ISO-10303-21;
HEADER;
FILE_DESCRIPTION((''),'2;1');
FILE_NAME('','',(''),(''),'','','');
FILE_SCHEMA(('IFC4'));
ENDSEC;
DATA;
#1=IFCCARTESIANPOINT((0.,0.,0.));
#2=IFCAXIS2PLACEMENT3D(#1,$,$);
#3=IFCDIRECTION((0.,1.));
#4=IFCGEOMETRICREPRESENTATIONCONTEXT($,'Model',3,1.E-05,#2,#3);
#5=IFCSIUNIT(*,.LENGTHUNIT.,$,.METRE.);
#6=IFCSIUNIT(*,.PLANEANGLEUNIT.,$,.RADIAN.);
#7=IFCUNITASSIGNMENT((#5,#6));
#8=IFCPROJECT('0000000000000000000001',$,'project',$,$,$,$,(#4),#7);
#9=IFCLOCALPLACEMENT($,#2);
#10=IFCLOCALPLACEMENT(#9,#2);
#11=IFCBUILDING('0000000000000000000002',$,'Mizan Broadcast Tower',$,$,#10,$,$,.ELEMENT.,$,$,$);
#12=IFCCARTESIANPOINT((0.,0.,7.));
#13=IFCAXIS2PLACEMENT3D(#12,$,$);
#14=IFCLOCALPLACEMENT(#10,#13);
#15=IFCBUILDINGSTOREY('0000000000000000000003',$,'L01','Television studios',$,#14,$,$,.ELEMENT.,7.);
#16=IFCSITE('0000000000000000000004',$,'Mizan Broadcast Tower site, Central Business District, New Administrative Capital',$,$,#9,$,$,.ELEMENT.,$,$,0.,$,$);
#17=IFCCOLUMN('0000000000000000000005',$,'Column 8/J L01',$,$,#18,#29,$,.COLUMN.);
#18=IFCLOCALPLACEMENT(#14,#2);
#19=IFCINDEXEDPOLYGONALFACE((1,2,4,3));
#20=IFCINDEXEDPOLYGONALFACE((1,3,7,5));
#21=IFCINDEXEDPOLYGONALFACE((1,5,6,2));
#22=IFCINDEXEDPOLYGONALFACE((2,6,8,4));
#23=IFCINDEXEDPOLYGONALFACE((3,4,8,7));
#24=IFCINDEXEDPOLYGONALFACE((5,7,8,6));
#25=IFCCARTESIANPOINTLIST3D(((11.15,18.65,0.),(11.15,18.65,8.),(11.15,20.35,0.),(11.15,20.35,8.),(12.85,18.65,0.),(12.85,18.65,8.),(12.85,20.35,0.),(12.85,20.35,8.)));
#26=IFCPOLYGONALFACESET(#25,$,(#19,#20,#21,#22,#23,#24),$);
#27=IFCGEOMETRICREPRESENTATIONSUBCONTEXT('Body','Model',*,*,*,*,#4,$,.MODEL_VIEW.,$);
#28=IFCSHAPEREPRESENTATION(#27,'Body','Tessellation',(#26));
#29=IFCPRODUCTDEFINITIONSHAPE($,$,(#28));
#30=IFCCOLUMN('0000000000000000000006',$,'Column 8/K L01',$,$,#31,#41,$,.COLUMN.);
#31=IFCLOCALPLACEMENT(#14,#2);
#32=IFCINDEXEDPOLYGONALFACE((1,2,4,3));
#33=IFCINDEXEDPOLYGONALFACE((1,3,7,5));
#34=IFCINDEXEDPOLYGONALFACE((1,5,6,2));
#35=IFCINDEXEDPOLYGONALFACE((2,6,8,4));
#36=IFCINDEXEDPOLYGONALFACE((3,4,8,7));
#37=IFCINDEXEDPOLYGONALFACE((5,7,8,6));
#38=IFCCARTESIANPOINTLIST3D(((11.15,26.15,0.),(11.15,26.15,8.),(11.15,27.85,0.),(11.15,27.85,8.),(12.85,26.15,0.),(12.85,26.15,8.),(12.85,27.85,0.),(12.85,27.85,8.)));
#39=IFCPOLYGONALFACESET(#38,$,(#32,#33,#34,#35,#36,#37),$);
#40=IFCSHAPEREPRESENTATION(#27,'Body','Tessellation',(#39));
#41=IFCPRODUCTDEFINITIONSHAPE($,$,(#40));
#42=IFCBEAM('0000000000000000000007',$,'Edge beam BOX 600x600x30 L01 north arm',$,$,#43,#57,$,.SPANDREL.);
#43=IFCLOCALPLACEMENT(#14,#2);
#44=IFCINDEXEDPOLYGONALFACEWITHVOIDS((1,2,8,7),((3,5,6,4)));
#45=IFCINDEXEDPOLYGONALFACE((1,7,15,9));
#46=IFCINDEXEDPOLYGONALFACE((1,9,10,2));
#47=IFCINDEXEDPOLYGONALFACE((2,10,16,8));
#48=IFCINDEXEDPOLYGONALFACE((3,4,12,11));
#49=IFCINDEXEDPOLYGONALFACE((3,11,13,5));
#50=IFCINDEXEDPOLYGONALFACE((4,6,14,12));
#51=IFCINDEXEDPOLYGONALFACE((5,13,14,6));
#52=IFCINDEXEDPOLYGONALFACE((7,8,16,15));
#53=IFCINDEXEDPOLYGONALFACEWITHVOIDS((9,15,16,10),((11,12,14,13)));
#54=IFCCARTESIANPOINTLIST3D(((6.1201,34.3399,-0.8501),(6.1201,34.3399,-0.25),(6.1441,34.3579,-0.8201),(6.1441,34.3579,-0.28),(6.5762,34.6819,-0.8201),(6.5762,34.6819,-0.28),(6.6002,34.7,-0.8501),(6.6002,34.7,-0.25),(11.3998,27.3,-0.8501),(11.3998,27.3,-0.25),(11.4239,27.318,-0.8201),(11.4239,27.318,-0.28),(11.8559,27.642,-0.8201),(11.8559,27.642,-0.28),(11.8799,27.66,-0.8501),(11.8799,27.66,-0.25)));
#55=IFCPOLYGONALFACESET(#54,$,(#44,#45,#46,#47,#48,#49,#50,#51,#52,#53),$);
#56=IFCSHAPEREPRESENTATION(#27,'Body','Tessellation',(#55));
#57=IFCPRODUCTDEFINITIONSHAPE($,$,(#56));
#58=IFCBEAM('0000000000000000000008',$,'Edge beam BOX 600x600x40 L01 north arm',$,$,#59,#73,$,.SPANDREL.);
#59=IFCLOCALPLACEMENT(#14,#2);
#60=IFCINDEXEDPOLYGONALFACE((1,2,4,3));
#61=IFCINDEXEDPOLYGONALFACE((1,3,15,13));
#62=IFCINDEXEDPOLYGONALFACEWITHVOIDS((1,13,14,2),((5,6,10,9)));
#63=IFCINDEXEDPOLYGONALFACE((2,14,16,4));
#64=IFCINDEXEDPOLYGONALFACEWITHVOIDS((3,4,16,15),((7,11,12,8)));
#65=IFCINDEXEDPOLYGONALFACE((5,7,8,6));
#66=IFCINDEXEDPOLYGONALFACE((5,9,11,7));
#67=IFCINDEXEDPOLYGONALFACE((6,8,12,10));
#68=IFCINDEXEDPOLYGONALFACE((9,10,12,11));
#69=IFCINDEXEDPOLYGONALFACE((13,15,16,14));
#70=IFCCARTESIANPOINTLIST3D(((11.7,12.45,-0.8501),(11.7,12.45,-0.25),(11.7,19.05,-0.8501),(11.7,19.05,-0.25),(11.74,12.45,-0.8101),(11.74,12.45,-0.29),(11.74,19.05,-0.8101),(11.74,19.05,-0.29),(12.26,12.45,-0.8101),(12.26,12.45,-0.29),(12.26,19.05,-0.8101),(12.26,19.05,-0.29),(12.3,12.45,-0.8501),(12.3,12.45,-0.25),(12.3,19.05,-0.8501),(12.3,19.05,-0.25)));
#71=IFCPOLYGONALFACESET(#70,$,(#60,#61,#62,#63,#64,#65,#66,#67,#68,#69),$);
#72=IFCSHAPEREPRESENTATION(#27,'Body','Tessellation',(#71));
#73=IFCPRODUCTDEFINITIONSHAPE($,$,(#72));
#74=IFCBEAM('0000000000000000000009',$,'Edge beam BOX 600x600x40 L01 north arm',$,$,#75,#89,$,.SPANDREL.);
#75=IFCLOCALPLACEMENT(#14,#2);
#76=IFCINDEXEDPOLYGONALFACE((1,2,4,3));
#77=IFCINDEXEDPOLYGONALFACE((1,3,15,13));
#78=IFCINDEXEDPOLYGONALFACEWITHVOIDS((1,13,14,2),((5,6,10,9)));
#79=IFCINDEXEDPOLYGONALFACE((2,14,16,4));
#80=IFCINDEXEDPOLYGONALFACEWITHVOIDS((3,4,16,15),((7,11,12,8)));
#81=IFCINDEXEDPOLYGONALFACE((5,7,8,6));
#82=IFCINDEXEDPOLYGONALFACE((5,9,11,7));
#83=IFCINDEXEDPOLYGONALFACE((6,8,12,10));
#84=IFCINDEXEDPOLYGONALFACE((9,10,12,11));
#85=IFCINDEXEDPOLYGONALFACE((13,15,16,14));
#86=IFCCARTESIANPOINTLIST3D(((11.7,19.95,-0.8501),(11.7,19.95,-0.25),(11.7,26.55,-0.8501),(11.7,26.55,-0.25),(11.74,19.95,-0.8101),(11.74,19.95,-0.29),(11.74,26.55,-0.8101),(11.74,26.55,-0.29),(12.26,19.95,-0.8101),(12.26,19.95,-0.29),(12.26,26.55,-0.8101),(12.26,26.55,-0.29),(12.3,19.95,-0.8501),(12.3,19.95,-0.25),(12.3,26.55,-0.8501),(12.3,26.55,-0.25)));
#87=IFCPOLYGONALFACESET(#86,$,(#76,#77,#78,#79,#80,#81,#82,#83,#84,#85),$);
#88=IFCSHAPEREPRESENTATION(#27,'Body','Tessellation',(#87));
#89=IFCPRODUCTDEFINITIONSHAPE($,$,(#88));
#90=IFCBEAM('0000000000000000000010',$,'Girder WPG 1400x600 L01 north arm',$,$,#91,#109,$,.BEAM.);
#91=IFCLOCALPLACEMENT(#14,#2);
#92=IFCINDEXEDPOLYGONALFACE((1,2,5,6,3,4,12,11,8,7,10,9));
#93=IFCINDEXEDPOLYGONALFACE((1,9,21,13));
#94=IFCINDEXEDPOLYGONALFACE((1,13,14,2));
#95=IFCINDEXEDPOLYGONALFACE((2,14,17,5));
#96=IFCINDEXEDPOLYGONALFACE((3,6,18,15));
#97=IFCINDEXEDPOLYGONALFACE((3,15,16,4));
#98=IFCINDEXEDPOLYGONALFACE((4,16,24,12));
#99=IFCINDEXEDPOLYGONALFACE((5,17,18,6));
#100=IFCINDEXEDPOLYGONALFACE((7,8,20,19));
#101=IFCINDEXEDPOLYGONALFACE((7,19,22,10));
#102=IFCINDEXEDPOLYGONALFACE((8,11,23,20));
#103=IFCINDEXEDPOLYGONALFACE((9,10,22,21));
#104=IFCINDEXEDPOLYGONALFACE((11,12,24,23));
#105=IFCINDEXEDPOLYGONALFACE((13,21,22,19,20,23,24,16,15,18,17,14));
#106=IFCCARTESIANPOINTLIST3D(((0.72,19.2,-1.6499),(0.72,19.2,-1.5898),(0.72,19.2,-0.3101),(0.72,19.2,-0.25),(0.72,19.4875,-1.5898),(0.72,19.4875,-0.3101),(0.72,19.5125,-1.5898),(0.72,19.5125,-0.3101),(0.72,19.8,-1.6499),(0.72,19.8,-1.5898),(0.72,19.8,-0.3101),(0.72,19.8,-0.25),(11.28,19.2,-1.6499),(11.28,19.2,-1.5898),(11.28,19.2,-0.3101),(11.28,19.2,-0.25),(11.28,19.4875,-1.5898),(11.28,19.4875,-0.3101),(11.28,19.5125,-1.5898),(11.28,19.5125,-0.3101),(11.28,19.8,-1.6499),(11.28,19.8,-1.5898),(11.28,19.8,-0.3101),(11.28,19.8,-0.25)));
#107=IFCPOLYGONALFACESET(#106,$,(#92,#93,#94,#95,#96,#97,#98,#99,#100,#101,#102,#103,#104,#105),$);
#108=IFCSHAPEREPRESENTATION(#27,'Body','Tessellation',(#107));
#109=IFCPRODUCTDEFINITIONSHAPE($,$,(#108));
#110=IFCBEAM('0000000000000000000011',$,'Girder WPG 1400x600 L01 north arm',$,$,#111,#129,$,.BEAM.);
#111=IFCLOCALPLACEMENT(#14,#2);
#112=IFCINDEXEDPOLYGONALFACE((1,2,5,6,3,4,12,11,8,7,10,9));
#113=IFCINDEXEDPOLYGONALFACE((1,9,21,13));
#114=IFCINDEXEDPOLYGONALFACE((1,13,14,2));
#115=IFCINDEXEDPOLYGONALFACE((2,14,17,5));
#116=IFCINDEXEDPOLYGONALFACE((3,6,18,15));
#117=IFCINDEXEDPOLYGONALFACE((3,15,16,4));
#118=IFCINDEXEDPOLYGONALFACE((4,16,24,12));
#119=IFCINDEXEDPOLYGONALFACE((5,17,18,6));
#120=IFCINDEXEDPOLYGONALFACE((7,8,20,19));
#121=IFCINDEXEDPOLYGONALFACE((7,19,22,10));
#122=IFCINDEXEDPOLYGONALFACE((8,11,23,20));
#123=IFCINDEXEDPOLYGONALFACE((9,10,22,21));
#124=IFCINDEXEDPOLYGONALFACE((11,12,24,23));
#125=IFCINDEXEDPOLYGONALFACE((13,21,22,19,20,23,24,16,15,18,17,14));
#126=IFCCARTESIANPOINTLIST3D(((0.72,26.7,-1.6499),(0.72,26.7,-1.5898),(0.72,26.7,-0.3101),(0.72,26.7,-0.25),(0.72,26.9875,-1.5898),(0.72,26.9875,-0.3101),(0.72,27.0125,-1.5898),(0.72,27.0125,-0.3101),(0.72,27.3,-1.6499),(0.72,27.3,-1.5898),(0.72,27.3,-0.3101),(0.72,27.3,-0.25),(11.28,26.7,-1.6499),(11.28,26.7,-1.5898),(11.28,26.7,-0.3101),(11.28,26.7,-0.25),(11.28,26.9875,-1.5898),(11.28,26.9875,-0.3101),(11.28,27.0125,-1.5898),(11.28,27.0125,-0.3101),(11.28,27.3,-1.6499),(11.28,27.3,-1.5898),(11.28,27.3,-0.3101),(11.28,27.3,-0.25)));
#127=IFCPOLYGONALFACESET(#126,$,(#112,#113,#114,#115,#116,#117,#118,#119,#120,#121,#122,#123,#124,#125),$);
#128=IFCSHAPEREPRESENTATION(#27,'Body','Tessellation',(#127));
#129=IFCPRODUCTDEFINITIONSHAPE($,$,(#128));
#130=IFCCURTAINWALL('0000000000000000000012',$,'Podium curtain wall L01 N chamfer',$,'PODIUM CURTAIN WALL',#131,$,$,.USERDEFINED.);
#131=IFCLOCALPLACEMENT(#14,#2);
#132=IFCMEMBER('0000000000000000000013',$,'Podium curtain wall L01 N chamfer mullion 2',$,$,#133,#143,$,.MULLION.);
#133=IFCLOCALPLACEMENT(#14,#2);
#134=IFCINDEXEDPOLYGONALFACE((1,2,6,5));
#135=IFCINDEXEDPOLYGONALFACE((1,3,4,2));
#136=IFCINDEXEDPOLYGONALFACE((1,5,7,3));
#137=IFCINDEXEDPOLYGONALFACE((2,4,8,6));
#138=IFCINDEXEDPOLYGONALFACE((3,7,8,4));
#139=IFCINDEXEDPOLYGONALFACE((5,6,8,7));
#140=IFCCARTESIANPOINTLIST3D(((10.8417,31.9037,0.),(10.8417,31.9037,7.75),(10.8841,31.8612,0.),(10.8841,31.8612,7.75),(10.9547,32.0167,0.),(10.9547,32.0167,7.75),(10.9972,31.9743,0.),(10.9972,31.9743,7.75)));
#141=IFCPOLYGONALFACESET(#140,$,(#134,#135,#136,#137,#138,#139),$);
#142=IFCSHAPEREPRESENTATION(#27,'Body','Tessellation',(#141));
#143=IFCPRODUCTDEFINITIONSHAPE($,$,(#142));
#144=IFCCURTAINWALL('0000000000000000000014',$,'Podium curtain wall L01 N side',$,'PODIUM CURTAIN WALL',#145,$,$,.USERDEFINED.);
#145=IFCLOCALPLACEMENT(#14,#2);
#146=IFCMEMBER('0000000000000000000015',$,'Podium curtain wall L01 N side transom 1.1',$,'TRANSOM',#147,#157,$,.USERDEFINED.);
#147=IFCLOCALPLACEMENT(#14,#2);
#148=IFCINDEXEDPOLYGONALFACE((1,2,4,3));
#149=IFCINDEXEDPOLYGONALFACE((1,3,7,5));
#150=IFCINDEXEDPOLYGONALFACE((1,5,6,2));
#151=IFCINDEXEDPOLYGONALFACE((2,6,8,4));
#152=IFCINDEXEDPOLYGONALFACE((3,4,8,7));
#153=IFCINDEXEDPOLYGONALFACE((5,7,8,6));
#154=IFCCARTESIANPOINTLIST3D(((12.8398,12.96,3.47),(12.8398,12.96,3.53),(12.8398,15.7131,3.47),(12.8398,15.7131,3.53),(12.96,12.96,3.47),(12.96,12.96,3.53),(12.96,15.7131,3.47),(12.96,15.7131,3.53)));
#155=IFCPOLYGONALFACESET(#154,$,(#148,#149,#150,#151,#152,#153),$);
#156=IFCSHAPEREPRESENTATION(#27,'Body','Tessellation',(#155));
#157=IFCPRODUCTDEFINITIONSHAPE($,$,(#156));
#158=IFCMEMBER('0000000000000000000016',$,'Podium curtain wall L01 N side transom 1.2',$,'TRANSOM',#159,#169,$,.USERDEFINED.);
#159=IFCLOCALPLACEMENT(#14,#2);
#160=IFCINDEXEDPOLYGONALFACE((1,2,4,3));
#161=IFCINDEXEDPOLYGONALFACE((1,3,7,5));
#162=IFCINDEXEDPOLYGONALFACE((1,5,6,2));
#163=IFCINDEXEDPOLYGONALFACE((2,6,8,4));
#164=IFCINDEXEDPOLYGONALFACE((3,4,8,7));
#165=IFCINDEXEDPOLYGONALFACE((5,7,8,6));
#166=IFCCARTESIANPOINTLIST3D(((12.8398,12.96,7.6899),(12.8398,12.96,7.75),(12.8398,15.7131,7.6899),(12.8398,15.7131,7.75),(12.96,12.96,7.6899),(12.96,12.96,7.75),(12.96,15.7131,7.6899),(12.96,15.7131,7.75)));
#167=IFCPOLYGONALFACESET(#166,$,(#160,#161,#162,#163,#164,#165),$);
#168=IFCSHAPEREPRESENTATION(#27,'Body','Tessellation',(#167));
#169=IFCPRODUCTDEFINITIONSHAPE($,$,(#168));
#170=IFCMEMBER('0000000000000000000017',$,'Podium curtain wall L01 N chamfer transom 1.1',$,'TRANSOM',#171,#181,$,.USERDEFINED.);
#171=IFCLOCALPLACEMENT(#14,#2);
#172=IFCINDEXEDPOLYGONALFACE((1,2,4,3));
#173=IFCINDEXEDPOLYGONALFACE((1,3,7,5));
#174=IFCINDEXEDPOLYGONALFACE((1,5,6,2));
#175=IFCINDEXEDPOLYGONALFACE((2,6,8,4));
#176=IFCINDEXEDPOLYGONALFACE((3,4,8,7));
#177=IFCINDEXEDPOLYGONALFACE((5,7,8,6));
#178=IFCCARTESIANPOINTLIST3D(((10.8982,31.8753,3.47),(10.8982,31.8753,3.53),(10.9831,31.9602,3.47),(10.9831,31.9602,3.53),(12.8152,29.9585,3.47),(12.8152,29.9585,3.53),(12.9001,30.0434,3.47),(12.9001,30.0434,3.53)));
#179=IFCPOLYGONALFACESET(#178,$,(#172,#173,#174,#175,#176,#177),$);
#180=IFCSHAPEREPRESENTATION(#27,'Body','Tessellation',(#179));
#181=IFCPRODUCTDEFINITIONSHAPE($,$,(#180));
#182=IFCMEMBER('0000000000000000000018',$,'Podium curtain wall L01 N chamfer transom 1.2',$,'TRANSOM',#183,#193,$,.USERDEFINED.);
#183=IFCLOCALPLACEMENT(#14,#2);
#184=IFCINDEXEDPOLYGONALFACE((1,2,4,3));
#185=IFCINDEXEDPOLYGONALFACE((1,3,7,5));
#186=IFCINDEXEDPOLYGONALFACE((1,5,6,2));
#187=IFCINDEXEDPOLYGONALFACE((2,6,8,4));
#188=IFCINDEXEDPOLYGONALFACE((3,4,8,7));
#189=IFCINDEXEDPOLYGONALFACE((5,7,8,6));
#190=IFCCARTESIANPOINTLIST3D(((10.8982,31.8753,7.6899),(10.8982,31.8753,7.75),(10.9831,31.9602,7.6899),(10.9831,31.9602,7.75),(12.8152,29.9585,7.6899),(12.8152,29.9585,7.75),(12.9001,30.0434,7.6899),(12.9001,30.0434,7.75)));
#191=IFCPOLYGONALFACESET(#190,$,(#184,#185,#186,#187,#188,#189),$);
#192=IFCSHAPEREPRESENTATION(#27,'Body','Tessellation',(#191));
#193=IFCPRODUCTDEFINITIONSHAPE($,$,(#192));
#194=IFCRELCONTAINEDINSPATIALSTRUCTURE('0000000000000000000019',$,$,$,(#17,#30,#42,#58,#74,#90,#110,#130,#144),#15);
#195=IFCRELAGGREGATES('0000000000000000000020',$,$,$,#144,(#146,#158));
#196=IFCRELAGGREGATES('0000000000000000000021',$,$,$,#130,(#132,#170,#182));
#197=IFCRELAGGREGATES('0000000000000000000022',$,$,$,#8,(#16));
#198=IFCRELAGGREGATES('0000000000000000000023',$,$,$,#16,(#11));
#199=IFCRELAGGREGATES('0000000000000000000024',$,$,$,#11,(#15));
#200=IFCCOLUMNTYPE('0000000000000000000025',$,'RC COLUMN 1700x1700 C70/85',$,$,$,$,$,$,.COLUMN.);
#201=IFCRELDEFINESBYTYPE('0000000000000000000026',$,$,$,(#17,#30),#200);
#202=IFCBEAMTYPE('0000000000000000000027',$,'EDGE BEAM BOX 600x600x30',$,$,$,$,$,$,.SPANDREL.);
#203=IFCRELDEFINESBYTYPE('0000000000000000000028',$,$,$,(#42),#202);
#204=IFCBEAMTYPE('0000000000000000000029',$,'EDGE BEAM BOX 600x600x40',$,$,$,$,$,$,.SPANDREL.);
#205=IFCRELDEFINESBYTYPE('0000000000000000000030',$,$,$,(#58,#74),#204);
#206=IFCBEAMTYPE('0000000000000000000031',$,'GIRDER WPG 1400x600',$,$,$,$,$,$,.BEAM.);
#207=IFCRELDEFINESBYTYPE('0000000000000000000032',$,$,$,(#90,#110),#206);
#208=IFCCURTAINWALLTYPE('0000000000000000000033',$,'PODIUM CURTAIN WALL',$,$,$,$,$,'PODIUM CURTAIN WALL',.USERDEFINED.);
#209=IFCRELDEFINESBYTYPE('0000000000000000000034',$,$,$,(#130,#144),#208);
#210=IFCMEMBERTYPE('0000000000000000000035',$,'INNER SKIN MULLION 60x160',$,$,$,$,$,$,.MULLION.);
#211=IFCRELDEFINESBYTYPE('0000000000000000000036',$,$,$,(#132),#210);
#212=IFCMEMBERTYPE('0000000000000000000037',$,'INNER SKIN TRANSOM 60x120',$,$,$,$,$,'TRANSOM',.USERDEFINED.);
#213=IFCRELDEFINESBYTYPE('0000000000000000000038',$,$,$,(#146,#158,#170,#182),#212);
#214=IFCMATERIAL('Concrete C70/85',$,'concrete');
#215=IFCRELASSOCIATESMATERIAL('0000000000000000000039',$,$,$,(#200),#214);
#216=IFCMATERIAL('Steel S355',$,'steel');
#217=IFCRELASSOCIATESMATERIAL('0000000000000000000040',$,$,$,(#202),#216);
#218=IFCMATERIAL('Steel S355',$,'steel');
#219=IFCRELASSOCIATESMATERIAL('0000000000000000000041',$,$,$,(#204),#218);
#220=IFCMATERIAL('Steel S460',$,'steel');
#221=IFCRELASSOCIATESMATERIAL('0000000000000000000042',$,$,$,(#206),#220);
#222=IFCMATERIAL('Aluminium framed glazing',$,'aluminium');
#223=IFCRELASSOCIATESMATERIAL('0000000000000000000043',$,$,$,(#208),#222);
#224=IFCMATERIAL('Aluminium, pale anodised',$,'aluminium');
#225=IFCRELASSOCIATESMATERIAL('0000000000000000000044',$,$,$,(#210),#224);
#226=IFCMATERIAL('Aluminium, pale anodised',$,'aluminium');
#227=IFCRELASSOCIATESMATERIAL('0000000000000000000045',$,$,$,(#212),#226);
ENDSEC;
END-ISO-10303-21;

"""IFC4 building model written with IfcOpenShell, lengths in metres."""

from ifc_helpers import new_model, si_unit, direction, frame, origin, origin_2d, place, context, subcontext, project, spatial, rectangle, hollow_rectangle, i_section, extrude, material, material_profile, profile_set, type_object, element, aggregate, save


model = new_model("IFC4")

# Units and contexts
model_context = context("Model", 3, precision=1e-05, world=origin(), true_north=direction((0.0, 1.0)))
body_context = subcontext(model_context, "Body", "Model", "MODEL_VIEW")
ifc_project = project(units=[si_unit("LENGTHUNIT", "METRE"), si_unit("PLANEANGLEUNIT", "RADIAN")], contexts=[model_context])

# Site, building, storey
site_placement = place(None, origin())
site = spatial("IfcSite", under=ifc_project, at=site_placement, Name="Mizan Broadcast Tower site, Central Business District, New Administrative Capital", CompositionType="ELEMENT", RefElevation=0.0)
building_placement = place(site_placement, origin())
building = spatial("IfcBuilding", under=site, at=building_placement, Name="Mizan Broadcast Tower", CompositionType="ELEMENT")
storey_placement = place(building_placement, frame((0.0, 0.0, 7.0)))
storey = spatial("IfcBuildingStorey", under=building, at=storey_placement, Name="L01", Description="Television studios", CompositionType="ELEMENT", Elevation=7.0)

# Columns
ifc_material_1 = material(Name="Concrete C70/85", Category="concrete")
ifc_material_profile_1 = material_profile(ifc_material_1, rectangle(XDim=1.7, YDim=1.7, at=origin_2d()), Name="RC 1700x1700")
ifc_profile_set_1 = profile_set([ifc_material_profile_1], Name="Concrete C70/85")
column_type = type_object("IfcColumnType", Name="RC COLUMN 1700x1700 C70/85", PredefinedType="COLUMN", material=ifc_profile_set_1)
for number, where, z_axis, x_axis, name in (
    (1, (12.0, 19.5, 0.0), (0.0, 0.0, 1.0), (1.0, 0.0, 0.0), "Column 8/J L01"),
    (2, (12.0, 27.0, 0.0), (0.0, 0.0, 1.0), (1.0, 0.0, 0.0), "Column 8/K L01"),
):
    element("IfcColumn", number, at=place(storey_placement, frame(where, z_axis=z_axis, x_axis=x_axis)), inside=storey, type_object=column_type, Name=name, PredefinedType="COLUMN", context=body_context, shape_type="SweptSolid", body=[
        extrude(rectangle(XDim=1.7, YDim=1.7, at=origin_2d()), origin(), (0.0, 0.0, 1.0), 8.0),
    ])

# Beams
ifc_material_2 = material(Name="Steel S355", Category="steel")
ifc_material_profile_2 = material_profile(ifc_material_2, hollow_rectangle(XDim=0.6001, YDim=0.6001, WallThickness=0.03, at=origin_2d()), Name="BOX 600x600x30")
ifc_profile_set_2 = profile_set([ifc_material_profile_2], Name="Steel S355")
beam_type_1 = type_object("IfcBeamType", Name="EDGE BEAM BOX 600x600x30", PredefinedType="SPANDREL", material=ifc_profile_set_2)
beam_1_placement = place(storey_placement, frame((11.6399, 27.48, -0.55), z_axis=(-0.599982, 0.800013, 0.0), x_axis=(-0.800013, -0.599982, 0.0)))
element("IfcBeam", 3, at=beam_1_placement, inside=storey, type_object=beam_type_1, Name="Edge beam BOX 600x600x30 L01 north arm", PredefinedType="SPANDREL", context=body_context, shape_type="SweptSolid", body=[
    extrude(hollow_rectangle(XDim=0.6001, YDim=0.6001, WallThickness=0.03, at=origin_2d()), origin(), (0.0, 0.0, 1.0), 8.7998),
])
ifc_material_3 = material(Name="Steel S355", Category="steel")
ifc_material_profile_3 = material_profile(ifc_material_3, hollow_rectangle(XDim=0.6001, YDim=0.6001, WallThickness=0.04, at=origin_2d()), Name="BOX 600x600x40")
ifc_profile_set_3 = profile_set([ifc_material_profile_3], Name="Steel S355")
beam_type_2 = type_object("IfcBeamType", Name="EDGE BEAM BOX 600x600x40", PredefinedType="SPANDREL", material=ifc_profile_set_3)
for number, where, z_axis, x_axis, name in (
    (4, (12.0, 12.45, -0.55), (0.0, 1.0, 0.0), (-1.0, 0.0, 0.0), "Edge beam BOX 600x600x40 L01 north arm"),
    (5, (12.0, 19.95, -0.55), (0.0, 1.0, 0.0), (-1.0, 0.0, 0.0), "Edge beam BOX 600x600x40 L01 north arm"),
):
    element("IfcBeam", number, at=place(storey_placement, frame(where, z_axis=z_axis, x_axis=x_axis)), inside=storey, type_object=beam_type_2, Name=name, PredefinedType="SPANDREL", context=body_context, shape_type="SweptSolid", body=[
        extrude(hollow_rectangle(XDim=0.6001, YDim=0.6001, WallThickness=0.04, at=origin_2d()), origin(), (0.0, 0.0, 1.0), 6.6001),
    ])
ifc_material_4 = material(Name="Steel S460", Category="steel")
ifc_material_profile_4 = material_profile(ifc_material_4, i_section(OverallWidth=0.6001, OverallDepth=1.3999, WebThickness=0.0249, FlangeThickness=0.0601, at=origin_2d()), Name="WPG 1400x600")
ifc_profile_set_4 = profile_set([ifc_material_profile_4], Name="Steel S460")
beam_type_3 = type_object("IfcBeamType", Name="GIRDER WPG 1400x600", PredefinedType="BEAM", material=ifc_profile_set_4)
for number, where, z_axis, x_axis, name in (
    (6, (11.28, 19.5, -0.95), (-1.0, 0.0, 0.0), (0.0, -1.0, 0.0), "Girder WPG 1400x600 L01 north arm"),
    (7, (11.28, 27.0, -0.95), (-1.0, 0.0, 0.0), (0.0, -1.0, 0.0), "Girder WPG 1400x600 L01 north arm"),
):
    element("IfcBeam", number, at=place(storey_placement, frame(where, z_axis=z_axis, x_axis=x_axis)), inside=storey, type_object=beam_type_3, Name=name, PredefinedType="BEAM", context=body_context, shape_type="SweptSolid", body=[
        extrude(i_section(OverallWidth=0.6001, OverallDepth=1.3999, WebThickness=0.0249, FlangeThickness=0.0601, at=origin_2d()), origin(), (0.0, 0.0, 1.0), 10.5601),
    ])

# Curtain wall, member
ifc_material_5 = material(Name="Aluminium framed glazing", Category="aluminium")
curtain_wall_type = type_object("IfcCurtainWallType", Name="PODIUM CURTAIN WALL", ElementType="PODIUM CURTAIN WALL", PredefinedType="USERDEFINED", material=ifc_material_5)
curtain_wall_1_placement = place(storey_placement, origin())
curtain_wall_1 = element("IfcCurtainWall", 8, at=curtain_wall_1_placement, inside=storey, type_object=curtain_wall_type, Name="Podium curtain wall L01 N chamfer", ObjectType="PODIUM CURTAIN WALL", PredefinedType="USERDEFINED")
ifc_material_6 = material(Name="Aluminium, pale anodised", Category="aluminium")
ifc_material_profile_5 = material_profile(ifc_material_6, rectangle(XDim=0.1599, YDim=0.0601, at=origin_2d()), Name="MULLION 160x60")
ifc_profile_set_5 = profile_set([ifc_material_profile_5], Name="Aluminium, pale anodised")
member_type_1 = type_object("IfcMemberType", Name="INNER SKIN MULLION 60x160", PredefinedType="MULLION", material=ifc_profile_set_5)
member_1_placement = place(storey_placement, frame((10.9194, 31.939, 0.0), z_axis=(0.0, 0.0, 1.0), x_axis=(-0.707107, -0.707107, 0.0)))
member_1 = element("IfcMember", 9, at=member_1_placement, type_object=member_type_1, Name="Podium curtain wall L01 N chamfer mullion 2", PredefinedType="MULLION", context=body_context, shape_type="SweptSolid", body=[
    extrude(rectangle(XDim=0.1599, YDim=0.0601, at=origin_2d()), origin(), (0.0, 0.0, 1.0), 7.75),
])

# Curtain wall, members
curtain_wall_2_placement = place(storey_placement, origin())
curtain_wall_2 = element("IfcCurtainWall", 10, at=curtain_wall_2_placement, inside=storey, type_object=curtain_wall_type, Name="Podium curtain wall L01 N side", ObjectType="PODIUM CURTAIN WALL", PredefinedType="USERDEFINED")
ifc_material_7 = material(Name="Aluminium, pale anodised", Category="aluminium")
ifc_material_profile_6 = material_profile(ifc_material_7, rectangle(XDim=0.1201, YDim=0.0601, at=origin_2d()), Name="TRANSOM 120x60")
ifc_profile_set_6 = profile_set([ifc_material_profile_6], Name="Aluminium, pale anodised")
member_type_2 = type_object("IfcMemberType", Name="INNER SKIN TRANSOM 60x120", ElementType="TRANSOM", PredefinedType="USERDEFINED", material=ifc_profile_set_6)
member_2_placement = place(storey_placement, frame((12.8999, 12.96, 3.5), z_axis=(0.0, 1.0, 0.0), x_axis=(-1.0, 0.0, 0.0)))
member_2 = element("IfcMember", 11, at=member_2_placement, type_object=member_type_2, Name="Podium curtain wall L01 N side transom 1.1", ObjectType="TRANSOM", PredefinedType="USERDEFINED", context=body_context, shape_type="SweptSolid", body=[
    extrude(rectangle(XDim=0.1201, YDim=0.0601, at=origin_2d()), origin(), (0.0, 0.0, 1.0), 2.7532),
])
member_3_placement = place(storey_placement, frame((12.8999, 12.96, 7.72), z_axis=(0.0, 1.0, 0.0), x_axis=(-1.0, 0.0, 0.0)))
member_3 = element("IfcMember", 12, at=member_3_placement, type_object=member_type_2, Name="Podium curtain wall L01 N side transom 1.2", ObjectType="TRANSOM", PredefinedType="USERDEFINED", context=body_context, shape_type="SweptSolid", body=[
    extrude(rectangle(XDim=0.1201, YDim=0.0601, at=origin_2d()), origin(), (0.0, 0.0, 1.0), 2.7532),
])

# Members
member_4_placement = place(storey_placement, frame((12.8577, 30.001, 3.5), z_axis=(-0.707152, 0.707062, 0.0), x_axis=(-0.707062, -0.707152, 0.0)))
member_4 = element("IfcMember", 13, at=member_4_placement, type_object=member_type_2, Name="Podium curtain wall L01 N chamfer transom 1.1", ObjectType="TRANSOM", PredefinedType="USERDEFINED", context=body_context, shape_type="SweptSolid", body=[
    extrude(rectangle(XDim=0.1201, YDim=0.0601, at=origin_2d()), origin(), (0.0, 0.0, 1.0), 2.7109),
])
member_5_placement = place(storey_placement, frame((12.8577, 30.001, 7.72), z_axis=(-0.707152, 0.707062, 0.0), x_axis=(-0.707062, -0.707152, 0.0)))
member_5 = element("IfcMember", 14, at=member_5_placement, type_object=member_type_2, Name="Podium curtain wall L01 N chamfer transom 1.2", ObjectType="TRANSOM", PredefinedType="USERDEFINED", context=body_context, shape_type="SweptSolid", body=[
    extrude(rectangle(XDim=0.1201, YDim=0.0601, at=origin_2d()), origin(), (0.0, 0.0, 1.0), 2.7109),
])

aggregate(curtain_wall_2, [member_2, member_3])
aggregate(curtain_wall_1, [member_1, member_4, member_5])

save(model, "model.ifc")
